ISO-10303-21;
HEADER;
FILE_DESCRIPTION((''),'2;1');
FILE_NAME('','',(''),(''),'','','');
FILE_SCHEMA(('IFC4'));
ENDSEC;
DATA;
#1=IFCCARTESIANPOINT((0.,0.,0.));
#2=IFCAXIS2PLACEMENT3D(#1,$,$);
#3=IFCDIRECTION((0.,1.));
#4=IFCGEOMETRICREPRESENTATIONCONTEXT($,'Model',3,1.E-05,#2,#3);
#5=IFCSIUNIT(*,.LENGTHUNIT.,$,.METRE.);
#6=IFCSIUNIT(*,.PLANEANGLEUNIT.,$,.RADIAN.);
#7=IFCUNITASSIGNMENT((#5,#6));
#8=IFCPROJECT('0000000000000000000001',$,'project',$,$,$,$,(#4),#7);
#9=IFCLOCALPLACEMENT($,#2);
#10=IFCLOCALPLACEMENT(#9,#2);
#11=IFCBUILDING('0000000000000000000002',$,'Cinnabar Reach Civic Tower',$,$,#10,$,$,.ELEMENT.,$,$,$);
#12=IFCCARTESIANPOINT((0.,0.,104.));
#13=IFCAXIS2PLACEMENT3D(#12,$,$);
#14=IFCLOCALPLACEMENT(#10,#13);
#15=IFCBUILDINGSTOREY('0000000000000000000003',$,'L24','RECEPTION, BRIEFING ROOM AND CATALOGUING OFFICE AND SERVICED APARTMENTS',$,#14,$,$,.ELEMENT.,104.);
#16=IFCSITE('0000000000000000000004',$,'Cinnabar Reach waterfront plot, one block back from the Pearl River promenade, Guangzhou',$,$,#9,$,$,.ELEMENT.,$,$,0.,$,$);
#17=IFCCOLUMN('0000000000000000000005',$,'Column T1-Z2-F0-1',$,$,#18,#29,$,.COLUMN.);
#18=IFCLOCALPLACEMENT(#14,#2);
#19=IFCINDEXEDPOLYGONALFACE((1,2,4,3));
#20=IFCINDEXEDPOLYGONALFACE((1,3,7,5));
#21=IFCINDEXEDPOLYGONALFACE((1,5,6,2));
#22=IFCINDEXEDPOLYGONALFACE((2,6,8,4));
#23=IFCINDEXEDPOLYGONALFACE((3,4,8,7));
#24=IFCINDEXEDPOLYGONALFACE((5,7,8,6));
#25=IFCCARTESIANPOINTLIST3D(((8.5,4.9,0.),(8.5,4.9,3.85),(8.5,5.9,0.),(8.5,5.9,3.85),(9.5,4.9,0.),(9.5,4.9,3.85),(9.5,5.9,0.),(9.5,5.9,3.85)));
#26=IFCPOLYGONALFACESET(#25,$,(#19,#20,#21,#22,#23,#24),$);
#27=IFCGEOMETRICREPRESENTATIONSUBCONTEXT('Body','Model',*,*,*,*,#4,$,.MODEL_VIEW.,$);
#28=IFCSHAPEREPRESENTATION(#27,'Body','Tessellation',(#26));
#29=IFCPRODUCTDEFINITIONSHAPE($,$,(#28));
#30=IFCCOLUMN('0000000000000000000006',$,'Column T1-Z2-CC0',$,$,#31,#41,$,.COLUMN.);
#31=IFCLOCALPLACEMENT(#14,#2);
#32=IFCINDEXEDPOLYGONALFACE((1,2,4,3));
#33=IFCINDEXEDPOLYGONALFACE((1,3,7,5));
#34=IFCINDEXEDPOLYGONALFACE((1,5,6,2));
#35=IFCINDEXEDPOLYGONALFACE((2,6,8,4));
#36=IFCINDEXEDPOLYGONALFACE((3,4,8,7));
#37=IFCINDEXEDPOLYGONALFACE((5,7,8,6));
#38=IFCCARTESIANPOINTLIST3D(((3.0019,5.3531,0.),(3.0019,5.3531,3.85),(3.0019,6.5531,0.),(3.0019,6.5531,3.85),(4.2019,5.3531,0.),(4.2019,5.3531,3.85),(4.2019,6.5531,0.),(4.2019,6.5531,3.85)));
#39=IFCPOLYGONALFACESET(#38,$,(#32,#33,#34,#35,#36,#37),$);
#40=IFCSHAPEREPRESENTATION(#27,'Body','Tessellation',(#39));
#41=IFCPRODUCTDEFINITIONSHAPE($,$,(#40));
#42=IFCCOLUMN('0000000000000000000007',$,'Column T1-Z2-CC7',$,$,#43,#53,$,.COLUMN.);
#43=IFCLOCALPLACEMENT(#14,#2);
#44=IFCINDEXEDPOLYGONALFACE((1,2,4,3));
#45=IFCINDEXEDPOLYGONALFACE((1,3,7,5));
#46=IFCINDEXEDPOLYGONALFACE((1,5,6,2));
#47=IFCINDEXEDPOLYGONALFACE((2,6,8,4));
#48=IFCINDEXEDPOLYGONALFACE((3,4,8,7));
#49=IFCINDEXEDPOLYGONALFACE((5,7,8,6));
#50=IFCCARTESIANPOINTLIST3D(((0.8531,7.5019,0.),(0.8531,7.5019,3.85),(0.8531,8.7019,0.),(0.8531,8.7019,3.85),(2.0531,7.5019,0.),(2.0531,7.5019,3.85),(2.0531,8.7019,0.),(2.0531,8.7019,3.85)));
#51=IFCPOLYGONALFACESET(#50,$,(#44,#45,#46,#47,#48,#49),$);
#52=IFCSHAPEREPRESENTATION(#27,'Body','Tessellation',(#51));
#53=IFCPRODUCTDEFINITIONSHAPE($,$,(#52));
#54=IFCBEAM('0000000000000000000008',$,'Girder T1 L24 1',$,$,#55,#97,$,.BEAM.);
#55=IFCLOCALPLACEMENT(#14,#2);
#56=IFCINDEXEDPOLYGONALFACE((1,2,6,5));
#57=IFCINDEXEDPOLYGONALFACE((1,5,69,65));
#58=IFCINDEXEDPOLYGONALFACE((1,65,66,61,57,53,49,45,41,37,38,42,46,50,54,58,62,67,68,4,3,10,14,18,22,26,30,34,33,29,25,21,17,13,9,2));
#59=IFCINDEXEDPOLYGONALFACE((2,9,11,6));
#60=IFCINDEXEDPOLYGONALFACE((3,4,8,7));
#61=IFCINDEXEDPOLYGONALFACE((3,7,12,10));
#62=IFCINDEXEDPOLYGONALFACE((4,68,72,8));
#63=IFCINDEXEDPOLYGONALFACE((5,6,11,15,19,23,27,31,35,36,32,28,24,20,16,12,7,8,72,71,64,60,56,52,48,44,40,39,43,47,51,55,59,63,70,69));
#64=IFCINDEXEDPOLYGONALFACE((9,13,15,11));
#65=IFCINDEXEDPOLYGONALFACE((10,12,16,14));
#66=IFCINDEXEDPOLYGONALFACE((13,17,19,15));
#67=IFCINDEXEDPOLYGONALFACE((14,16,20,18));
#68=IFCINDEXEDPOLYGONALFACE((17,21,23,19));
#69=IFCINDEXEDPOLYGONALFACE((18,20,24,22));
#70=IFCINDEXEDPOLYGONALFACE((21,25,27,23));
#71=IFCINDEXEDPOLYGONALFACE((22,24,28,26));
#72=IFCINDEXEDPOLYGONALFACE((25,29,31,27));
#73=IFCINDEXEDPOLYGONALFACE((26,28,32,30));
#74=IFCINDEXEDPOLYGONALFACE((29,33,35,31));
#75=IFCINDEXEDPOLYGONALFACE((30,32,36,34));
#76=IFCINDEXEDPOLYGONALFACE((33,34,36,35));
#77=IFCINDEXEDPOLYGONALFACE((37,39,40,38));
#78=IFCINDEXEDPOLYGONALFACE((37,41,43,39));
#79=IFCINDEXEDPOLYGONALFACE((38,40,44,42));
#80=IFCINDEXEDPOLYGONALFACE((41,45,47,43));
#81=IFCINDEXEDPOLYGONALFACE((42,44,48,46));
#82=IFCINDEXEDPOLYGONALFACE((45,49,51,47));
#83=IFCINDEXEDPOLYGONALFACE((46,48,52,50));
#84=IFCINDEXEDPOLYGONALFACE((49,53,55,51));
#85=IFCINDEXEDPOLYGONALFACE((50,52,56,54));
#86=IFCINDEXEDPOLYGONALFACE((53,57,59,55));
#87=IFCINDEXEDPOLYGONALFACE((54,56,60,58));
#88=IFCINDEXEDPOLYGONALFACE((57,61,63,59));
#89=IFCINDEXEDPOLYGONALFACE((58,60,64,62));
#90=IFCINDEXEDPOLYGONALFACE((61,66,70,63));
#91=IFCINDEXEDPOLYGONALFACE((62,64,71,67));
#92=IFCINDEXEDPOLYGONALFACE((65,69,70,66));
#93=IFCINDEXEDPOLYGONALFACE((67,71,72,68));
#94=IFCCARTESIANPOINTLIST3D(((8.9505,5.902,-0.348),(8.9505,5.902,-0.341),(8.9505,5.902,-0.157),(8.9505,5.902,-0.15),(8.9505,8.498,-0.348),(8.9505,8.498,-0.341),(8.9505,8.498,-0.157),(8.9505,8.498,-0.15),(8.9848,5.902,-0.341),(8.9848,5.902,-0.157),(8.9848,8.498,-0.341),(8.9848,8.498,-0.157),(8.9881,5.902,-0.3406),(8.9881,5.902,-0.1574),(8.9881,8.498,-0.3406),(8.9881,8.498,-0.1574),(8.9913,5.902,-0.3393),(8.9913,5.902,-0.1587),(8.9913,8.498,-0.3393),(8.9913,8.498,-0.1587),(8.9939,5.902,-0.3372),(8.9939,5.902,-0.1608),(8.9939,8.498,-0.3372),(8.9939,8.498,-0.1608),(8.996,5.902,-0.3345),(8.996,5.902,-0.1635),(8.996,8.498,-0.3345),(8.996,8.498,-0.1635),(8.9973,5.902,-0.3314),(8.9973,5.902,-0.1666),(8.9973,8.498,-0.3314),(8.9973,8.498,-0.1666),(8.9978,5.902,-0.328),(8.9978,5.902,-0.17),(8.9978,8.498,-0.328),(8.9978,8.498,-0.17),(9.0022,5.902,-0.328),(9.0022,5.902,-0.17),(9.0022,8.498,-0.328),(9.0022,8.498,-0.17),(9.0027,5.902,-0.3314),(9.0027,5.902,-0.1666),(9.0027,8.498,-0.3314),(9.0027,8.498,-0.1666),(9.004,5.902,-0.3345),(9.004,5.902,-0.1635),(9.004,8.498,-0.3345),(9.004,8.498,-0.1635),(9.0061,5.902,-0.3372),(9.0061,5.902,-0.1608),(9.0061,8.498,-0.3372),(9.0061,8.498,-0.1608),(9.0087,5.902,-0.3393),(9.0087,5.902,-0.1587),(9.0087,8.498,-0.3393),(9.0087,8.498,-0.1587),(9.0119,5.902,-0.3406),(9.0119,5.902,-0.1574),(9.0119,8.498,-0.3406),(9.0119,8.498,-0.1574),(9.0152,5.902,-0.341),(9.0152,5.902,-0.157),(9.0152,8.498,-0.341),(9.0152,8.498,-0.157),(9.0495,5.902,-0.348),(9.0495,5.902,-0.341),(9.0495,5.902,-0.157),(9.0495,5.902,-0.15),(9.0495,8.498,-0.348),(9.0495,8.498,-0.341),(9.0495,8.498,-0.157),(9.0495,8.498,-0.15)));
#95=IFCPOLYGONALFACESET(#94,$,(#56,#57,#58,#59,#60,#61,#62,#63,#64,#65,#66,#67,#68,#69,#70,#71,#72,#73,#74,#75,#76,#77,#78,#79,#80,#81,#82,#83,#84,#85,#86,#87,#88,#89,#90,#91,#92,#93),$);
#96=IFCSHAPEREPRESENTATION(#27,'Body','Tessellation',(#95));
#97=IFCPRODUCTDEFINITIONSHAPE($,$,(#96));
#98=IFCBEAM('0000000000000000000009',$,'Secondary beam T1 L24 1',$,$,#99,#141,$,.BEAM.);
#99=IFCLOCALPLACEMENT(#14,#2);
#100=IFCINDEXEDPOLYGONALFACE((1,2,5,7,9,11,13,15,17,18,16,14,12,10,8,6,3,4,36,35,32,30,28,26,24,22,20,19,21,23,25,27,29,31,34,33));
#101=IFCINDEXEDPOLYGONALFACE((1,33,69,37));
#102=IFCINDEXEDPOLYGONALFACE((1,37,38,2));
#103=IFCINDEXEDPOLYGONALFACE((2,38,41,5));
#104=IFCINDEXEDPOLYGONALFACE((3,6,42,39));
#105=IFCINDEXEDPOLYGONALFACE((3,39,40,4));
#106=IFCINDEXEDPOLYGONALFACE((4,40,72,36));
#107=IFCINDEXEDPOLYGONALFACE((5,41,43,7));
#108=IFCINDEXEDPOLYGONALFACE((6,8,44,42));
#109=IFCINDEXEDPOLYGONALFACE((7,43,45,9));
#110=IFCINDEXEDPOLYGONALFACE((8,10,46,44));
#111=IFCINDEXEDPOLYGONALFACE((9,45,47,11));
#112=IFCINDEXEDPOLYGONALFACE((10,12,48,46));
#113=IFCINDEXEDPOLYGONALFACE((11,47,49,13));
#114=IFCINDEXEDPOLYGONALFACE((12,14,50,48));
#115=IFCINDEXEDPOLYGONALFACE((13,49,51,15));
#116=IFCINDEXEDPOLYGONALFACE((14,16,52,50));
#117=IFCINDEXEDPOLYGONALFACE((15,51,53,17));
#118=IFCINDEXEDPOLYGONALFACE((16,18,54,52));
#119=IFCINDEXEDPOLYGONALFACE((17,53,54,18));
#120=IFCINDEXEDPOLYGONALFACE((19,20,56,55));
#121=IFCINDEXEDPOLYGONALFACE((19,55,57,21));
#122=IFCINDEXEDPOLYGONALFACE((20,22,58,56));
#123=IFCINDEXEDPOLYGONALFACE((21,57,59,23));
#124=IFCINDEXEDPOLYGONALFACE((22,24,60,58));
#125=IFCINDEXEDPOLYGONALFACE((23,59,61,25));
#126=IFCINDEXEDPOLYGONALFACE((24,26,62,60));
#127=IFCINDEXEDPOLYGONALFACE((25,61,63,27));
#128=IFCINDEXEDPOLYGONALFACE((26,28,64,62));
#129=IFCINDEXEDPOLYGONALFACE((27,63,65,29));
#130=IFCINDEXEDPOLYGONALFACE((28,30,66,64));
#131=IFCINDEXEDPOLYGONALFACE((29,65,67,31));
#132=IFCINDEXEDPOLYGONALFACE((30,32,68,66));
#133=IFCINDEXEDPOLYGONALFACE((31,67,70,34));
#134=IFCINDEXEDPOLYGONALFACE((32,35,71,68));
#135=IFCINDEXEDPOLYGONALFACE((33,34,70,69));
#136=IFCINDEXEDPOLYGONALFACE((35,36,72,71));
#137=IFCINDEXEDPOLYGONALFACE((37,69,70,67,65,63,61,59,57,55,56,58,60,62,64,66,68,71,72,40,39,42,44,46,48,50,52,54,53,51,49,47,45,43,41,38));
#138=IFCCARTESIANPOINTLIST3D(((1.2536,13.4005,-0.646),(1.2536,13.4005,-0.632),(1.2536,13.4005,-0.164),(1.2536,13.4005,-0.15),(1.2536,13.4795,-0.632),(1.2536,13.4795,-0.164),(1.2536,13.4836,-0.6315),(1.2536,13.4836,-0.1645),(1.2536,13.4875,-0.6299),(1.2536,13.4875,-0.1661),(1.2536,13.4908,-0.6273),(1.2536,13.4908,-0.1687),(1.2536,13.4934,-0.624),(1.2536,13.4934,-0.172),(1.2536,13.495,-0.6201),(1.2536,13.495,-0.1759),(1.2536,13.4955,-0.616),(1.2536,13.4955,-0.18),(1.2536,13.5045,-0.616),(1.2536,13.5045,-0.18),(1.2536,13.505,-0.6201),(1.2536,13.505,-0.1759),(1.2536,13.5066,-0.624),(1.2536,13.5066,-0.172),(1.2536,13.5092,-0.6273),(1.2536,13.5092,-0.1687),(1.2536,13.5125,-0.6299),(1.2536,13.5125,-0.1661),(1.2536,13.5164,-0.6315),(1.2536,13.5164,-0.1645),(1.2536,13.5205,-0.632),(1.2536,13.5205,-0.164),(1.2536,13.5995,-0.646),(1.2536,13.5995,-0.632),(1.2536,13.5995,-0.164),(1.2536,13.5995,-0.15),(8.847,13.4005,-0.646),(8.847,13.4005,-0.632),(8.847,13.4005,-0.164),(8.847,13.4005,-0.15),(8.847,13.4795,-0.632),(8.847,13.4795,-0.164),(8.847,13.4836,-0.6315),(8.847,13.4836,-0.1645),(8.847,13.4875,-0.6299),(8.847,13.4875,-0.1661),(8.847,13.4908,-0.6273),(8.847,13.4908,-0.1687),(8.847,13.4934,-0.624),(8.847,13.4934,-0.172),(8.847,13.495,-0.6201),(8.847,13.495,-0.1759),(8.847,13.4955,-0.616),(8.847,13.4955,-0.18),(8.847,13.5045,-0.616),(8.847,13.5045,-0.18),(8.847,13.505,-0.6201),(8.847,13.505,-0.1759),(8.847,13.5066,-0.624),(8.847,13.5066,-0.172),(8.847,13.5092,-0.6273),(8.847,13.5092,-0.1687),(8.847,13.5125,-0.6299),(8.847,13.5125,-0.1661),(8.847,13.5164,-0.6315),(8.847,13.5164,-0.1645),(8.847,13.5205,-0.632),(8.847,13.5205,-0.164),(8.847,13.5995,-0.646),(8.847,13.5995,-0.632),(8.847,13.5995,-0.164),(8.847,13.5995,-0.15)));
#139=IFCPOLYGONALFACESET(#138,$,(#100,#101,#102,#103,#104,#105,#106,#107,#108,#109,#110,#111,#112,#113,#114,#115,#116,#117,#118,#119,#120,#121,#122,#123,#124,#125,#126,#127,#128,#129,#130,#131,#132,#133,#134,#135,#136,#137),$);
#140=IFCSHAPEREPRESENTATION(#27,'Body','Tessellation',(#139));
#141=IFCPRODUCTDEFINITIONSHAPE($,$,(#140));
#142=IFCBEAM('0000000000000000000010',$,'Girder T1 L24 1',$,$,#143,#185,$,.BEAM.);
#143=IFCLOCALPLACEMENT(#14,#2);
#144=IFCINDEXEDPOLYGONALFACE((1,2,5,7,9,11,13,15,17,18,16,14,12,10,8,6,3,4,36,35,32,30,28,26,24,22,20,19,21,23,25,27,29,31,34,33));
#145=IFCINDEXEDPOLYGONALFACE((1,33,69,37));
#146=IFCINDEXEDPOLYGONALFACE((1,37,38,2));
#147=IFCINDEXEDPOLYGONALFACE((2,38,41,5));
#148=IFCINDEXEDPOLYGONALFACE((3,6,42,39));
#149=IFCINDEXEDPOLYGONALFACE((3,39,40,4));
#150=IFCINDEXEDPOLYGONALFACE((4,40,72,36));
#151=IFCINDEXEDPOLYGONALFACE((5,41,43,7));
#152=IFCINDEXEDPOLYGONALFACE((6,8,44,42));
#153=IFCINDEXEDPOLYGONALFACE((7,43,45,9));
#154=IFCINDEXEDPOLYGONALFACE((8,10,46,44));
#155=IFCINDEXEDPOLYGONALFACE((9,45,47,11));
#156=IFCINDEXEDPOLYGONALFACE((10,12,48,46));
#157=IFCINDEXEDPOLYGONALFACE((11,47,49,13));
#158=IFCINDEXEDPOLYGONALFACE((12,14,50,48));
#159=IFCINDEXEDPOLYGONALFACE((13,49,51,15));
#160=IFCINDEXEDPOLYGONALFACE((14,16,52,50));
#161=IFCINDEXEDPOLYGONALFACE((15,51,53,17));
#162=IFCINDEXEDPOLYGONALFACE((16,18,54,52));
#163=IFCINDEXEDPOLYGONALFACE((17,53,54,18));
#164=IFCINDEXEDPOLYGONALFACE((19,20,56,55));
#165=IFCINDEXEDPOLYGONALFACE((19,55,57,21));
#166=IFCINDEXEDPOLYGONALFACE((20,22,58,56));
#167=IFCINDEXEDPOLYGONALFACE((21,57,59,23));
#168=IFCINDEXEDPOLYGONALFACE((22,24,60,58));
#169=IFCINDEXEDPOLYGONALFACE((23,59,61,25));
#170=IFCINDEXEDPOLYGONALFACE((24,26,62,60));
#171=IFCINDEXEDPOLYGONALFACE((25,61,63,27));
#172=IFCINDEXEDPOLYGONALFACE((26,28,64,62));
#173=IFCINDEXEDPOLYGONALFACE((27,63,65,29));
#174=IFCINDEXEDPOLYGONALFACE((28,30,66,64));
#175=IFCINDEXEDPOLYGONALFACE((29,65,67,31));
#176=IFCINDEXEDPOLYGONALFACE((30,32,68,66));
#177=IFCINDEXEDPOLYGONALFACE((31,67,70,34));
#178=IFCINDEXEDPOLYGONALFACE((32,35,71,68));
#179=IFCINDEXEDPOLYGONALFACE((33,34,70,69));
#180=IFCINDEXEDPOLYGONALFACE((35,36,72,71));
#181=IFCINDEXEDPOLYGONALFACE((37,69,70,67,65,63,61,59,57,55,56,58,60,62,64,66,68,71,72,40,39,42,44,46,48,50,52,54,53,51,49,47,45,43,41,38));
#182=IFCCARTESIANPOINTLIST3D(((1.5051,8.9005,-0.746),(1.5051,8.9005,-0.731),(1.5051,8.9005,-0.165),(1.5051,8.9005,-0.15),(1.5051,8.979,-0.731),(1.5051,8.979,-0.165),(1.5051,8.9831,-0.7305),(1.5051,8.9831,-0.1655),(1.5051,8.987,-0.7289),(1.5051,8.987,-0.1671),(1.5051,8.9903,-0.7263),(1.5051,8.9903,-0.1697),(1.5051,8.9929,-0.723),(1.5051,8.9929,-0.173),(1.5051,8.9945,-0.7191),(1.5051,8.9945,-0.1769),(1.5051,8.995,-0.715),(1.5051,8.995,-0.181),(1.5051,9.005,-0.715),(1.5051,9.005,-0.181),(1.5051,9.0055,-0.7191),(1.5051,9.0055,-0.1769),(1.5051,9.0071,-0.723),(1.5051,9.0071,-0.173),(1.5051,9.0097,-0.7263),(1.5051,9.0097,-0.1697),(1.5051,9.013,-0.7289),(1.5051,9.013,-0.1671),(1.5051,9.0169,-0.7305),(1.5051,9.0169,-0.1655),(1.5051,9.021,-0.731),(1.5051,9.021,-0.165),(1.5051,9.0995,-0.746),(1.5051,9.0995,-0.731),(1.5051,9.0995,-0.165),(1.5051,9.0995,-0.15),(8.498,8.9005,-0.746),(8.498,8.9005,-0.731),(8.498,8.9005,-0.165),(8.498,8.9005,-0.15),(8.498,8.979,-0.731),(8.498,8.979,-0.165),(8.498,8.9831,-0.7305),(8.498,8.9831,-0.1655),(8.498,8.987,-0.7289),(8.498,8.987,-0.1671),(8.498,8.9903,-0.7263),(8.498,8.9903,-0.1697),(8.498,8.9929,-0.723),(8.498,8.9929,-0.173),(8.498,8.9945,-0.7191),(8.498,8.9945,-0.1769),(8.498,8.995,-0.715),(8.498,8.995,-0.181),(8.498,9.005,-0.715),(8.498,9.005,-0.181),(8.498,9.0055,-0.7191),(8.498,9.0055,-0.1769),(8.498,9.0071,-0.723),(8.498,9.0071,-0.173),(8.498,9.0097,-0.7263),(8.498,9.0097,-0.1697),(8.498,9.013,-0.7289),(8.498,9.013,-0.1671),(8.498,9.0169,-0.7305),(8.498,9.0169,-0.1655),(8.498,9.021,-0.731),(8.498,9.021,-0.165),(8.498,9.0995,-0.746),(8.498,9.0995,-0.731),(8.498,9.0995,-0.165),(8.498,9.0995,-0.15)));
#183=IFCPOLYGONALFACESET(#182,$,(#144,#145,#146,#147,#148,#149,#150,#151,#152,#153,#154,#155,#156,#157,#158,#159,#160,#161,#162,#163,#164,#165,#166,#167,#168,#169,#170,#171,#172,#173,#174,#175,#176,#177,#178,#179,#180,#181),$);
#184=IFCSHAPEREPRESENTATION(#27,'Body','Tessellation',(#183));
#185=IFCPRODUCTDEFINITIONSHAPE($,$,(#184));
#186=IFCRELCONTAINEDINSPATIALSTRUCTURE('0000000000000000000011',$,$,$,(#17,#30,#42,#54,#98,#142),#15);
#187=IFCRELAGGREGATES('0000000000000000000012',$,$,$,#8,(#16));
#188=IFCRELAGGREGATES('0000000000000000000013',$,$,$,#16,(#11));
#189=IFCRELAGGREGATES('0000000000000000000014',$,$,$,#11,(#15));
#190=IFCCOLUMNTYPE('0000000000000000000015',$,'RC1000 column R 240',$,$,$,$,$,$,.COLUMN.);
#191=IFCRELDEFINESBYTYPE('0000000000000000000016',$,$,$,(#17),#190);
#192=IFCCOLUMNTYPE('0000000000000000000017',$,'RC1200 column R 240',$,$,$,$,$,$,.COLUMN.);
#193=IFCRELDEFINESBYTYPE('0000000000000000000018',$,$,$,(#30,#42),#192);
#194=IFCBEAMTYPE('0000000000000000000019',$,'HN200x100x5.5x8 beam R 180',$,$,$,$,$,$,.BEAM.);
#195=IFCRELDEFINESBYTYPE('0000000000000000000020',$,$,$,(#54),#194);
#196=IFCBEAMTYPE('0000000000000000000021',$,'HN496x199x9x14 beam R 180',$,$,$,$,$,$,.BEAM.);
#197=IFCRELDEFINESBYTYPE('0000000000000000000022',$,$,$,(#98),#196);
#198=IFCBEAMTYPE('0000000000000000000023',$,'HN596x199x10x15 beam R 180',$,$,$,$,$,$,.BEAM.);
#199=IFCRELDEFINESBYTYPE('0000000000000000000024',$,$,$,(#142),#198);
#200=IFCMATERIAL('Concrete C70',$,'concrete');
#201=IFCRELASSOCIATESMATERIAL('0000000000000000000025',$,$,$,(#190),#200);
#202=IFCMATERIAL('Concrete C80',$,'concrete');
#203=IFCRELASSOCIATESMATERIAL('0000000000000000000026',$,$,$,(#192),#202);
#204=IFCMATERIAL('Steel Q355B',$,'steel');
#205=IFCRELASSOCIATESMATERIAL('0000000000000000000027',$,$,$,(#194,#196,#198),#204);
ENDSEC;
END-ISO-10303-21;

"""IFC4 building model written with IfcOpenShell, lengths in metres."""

from ifc_helpers import new_model, si_unit, direction, frame, origin, origin_2d, place, context, subcontext, project, spatial, rectangle, i_section, extrude, material, material_profile, profile_set, type_object, element, save


model = new_model("IFC4")

# Units and contexts
model_context = context("Model", 3, precision=1e-05, world=origin(), true_north=direction((0.0, 1.0)))
body_context = subcontext(model_context, "Body", "Model", "MODEL_VIEW")
ifc_project = project(units=[si_unit("LENGTHUNIT", "METRE"), si_unit("PLANEANGLEUNIT", "RADIAN")], contexts=[model_context])

# Site, building, storey
site_placement = place(None, origin())
site = spatial("IfcSite", under=ifc_project, at=site_placement, Name="Cinnabar Reach waterfront plot, one block back from the Pearl River promenade, Guangzhou", CompositionType="ELEMENT", RefElevation=0.0)
building_placement = place(site_placement, origin())
building = spatial("IfcBuilding", under=site, at=building_placement, Name="Cinnabar Reach Civic Tower", CompositionType="ELEMENT")
storey_placement = place(building_placement, frame((0.0, 0.0, 104.0)))
storey = spatial("IfcBuildingStorey", under=building, at=storey_placement, Name="L24", Description="RECEPTION, BRIEFING ROOM AND CATALOGUING OFFICE AND SERVICED APARTMENTS", CompositionType="ELEMENT", Elevation=104.0)

# Columns
ifc_material_1 = material(Name="Concrete C70", Category="concrete")
ifc_material_profile_1 = material_profile(ifc_material_1, rectangle(XDim=1.0, YDim=1.0, at=origin_2d()), Name="RC1000")
ifc_profile_set_1 = profile_set([ifc_material_profile_1], Name="Concrete C70")
column_type_1 = type_object("IfcColumnType", Name="RC1000 column R 240", PredefinedType="COLUMN", material=ifc_profile_set_1)
column_placement = place(storey_placement, frame((9.0, 5.4, 0.0), z_axis=(0.0, 0.0, 1.0), x_axis=(1.0, 0.0, 0.0)))
element("IfcColumn", 1, at=column_placement, inside=storey, type_object=column_type_1, Name="Column T1-Z2-F0-1", PredefinedType="COLUMN", context=body_context, shape_type="SweptSolid", body=[
    extrude(rectangle(XDim=1.0, YDim=1.0, at=origin_2d()), origin(), (0.0, 0.0, 1.0), 3.85),
])
ifc_material_2 = material(Name="Concrete C80", Category="concrete")
ifc_material_profile_2 = material_profile(ifc_material_2, rectangle(XDim=1.2, YDim=1.2, at=origin_2d()), Name="RC1200")
ifc_profile_set_2 = profile_set([ifc_material_profile_2], Name="Concrete C80")
column_type_2 = type_object("IfcColumnType", Name="RC1200 column R 240", PredefinedType="COLUMN", material=ifc_profile_set_2)
for number, where, z_axis, x_axis, name in (
    (2, (3.6019, 5.9531, 0.0), (0.0, 0.0, 1.0), (1.0, 0.0, 0.0), "Column T1-Z2-CC0"),
    (3, (1.4531, 8.1019, 0.0), (0.0, 0.0, 1.0), (1.0, 0.0, 0.0), "Column T1-Z2-CC7"),
):
    element("IfcColumn", number, at=place(storey_placement, frame(where, z_axis=z_axis, x_axis=x_axis)), inside=storey, type_object=column_type_2, Name=name, PredefinedType="COLUMN", context=body_context, shape_type="SweptSolid", body=[
        extrude(rectangle(XDim=1.2, YDim=1.2, at=origin_2d()), origin(), (0.0, 0.0, 1.0), 3.85),
    ])

# Beams
ifc_material_3 = material(Name="Steel Q355B", Category="steel")
ifc_material_profile_3 = material_profile(ifc_material_3, i_section(OverallWidth=0.099, OverallDepth=0.198, WebThickness=0.0045, FlangeThickness=0.007, FilletRadius=0.013, at=origin_2d()), Name="HN200x100x5.5x8")
ifc_profile_set_3 = profile_set([ifc_material_profile_3], Name="Steel Q355B")
beam_type_1 = type_object("IfcBeamType", Name="HN200x100x5.5x8 beam R 180", PredefinedType="BEAM", material=ifc_profile_set_3)
beam_1_placement = place(storey_placement, frame((9.0, 5.902, -0.249), z_axis=(0.0, 1.0, 0.0), x_axis=(-1.0, 0.0, 0.0)))
element("IfcBeam", 4, at=beam_1_placement, inside=storey, type_object=beam_type_1, Name="Girder T1 L24 1", PredefinedType="BEAM", context=body_context, shape_type="SweptSolid", body=[
    extrude(i_section(OverallWidth=0.099, OverallDepth=0.198, WebThickness=0.0045, FlangeThickness=0.007, FilletRadius=0.013, at=origin_2d()), origin(), (0.0, 0.0, 1.0), 2.596),
])
ifc_material_profile_4 = material_profile(ifc_material_3, i_section(OverallWidth=0.199, OverallDepth=0.496, WebThickness=0.009, FlangeThickness=0.014, FilletRadius=0.016, at=origin_2d()), Name="HN496x199x9x14")
ifc_profile_set_4 = profile_set([ifc_material_profile_4], Name="Steel Q355B")
beam_type_2 = type_object("IfcBeamType", Name="HN496x199x9x14 beam R 180", PredefinedType="BEAM", material=ifc_profile_set_4)
beam_2_placement = place(storey_placement, frame((1.2536, 13.5, -0.398), z_axis=(1.0, 0.0, 0.0), x_axis=(0.0, 1.0, 0.0)))
element("IfcBeam", 5, at=beam_2_placement, inside=storey, type_object=beam_type_2, Name="Secondary beam T1 L24 1", PredefinedType="BEAM", context=body_context, shape_type="SweptSolid", body=[
    extrude(i_section(OverallWidth=0.199, OverallDepth=0.496, WebThickness=0.009, FlangeThickness=0.014, FilletRadius=0.016, at=origin_2d()), origin(), (0.0, 0.0, 1.0), 7.5934),
])
ifc_material_profile_5 = material_profile(ifc_material_3, i_section(OverallWidth=0.199, OverallDepth=0.596, WebThickness=0.01, FlangeThickness=0.015, FilletRadius=0.016, at=origin_2d()), Name="HN596x199x10x15")
ifc_profile_set_5 = profile_set([ifc_material_profile_5], Name="Steel Q355B")
beam_type_3 = type_object("IfcBeamType", Name="HN596x199x10x15 beam R 180", PredefinedType="BEAM", material=ifc_profile_set_5)
beam_3_placement = place(storey_placement, frame((1.5051, 9.0, -0.448), z_axis=(1.0, 0.0, 0.0), x_axis=(0.0, 1.0, 0.0)))
element("IfcBeam", 6, at=beam_3_placement, inside=storey, type_object=beam_type_3, Name="Girder T1 L24 1", PredefinedType="BEAM", context=body_context, shape_type="SweptSolid", body=[
    extrude(i_section(OverallWidth=0.199, OverallDepth=0.596, WebThickness=0.01, FlangeThickness=0.015, FilletRadius=0.016, at=origin_2d()), origin(), (0.0, 0.0, 1.0), 6.9929),
])

save(model, "model.ifc")
